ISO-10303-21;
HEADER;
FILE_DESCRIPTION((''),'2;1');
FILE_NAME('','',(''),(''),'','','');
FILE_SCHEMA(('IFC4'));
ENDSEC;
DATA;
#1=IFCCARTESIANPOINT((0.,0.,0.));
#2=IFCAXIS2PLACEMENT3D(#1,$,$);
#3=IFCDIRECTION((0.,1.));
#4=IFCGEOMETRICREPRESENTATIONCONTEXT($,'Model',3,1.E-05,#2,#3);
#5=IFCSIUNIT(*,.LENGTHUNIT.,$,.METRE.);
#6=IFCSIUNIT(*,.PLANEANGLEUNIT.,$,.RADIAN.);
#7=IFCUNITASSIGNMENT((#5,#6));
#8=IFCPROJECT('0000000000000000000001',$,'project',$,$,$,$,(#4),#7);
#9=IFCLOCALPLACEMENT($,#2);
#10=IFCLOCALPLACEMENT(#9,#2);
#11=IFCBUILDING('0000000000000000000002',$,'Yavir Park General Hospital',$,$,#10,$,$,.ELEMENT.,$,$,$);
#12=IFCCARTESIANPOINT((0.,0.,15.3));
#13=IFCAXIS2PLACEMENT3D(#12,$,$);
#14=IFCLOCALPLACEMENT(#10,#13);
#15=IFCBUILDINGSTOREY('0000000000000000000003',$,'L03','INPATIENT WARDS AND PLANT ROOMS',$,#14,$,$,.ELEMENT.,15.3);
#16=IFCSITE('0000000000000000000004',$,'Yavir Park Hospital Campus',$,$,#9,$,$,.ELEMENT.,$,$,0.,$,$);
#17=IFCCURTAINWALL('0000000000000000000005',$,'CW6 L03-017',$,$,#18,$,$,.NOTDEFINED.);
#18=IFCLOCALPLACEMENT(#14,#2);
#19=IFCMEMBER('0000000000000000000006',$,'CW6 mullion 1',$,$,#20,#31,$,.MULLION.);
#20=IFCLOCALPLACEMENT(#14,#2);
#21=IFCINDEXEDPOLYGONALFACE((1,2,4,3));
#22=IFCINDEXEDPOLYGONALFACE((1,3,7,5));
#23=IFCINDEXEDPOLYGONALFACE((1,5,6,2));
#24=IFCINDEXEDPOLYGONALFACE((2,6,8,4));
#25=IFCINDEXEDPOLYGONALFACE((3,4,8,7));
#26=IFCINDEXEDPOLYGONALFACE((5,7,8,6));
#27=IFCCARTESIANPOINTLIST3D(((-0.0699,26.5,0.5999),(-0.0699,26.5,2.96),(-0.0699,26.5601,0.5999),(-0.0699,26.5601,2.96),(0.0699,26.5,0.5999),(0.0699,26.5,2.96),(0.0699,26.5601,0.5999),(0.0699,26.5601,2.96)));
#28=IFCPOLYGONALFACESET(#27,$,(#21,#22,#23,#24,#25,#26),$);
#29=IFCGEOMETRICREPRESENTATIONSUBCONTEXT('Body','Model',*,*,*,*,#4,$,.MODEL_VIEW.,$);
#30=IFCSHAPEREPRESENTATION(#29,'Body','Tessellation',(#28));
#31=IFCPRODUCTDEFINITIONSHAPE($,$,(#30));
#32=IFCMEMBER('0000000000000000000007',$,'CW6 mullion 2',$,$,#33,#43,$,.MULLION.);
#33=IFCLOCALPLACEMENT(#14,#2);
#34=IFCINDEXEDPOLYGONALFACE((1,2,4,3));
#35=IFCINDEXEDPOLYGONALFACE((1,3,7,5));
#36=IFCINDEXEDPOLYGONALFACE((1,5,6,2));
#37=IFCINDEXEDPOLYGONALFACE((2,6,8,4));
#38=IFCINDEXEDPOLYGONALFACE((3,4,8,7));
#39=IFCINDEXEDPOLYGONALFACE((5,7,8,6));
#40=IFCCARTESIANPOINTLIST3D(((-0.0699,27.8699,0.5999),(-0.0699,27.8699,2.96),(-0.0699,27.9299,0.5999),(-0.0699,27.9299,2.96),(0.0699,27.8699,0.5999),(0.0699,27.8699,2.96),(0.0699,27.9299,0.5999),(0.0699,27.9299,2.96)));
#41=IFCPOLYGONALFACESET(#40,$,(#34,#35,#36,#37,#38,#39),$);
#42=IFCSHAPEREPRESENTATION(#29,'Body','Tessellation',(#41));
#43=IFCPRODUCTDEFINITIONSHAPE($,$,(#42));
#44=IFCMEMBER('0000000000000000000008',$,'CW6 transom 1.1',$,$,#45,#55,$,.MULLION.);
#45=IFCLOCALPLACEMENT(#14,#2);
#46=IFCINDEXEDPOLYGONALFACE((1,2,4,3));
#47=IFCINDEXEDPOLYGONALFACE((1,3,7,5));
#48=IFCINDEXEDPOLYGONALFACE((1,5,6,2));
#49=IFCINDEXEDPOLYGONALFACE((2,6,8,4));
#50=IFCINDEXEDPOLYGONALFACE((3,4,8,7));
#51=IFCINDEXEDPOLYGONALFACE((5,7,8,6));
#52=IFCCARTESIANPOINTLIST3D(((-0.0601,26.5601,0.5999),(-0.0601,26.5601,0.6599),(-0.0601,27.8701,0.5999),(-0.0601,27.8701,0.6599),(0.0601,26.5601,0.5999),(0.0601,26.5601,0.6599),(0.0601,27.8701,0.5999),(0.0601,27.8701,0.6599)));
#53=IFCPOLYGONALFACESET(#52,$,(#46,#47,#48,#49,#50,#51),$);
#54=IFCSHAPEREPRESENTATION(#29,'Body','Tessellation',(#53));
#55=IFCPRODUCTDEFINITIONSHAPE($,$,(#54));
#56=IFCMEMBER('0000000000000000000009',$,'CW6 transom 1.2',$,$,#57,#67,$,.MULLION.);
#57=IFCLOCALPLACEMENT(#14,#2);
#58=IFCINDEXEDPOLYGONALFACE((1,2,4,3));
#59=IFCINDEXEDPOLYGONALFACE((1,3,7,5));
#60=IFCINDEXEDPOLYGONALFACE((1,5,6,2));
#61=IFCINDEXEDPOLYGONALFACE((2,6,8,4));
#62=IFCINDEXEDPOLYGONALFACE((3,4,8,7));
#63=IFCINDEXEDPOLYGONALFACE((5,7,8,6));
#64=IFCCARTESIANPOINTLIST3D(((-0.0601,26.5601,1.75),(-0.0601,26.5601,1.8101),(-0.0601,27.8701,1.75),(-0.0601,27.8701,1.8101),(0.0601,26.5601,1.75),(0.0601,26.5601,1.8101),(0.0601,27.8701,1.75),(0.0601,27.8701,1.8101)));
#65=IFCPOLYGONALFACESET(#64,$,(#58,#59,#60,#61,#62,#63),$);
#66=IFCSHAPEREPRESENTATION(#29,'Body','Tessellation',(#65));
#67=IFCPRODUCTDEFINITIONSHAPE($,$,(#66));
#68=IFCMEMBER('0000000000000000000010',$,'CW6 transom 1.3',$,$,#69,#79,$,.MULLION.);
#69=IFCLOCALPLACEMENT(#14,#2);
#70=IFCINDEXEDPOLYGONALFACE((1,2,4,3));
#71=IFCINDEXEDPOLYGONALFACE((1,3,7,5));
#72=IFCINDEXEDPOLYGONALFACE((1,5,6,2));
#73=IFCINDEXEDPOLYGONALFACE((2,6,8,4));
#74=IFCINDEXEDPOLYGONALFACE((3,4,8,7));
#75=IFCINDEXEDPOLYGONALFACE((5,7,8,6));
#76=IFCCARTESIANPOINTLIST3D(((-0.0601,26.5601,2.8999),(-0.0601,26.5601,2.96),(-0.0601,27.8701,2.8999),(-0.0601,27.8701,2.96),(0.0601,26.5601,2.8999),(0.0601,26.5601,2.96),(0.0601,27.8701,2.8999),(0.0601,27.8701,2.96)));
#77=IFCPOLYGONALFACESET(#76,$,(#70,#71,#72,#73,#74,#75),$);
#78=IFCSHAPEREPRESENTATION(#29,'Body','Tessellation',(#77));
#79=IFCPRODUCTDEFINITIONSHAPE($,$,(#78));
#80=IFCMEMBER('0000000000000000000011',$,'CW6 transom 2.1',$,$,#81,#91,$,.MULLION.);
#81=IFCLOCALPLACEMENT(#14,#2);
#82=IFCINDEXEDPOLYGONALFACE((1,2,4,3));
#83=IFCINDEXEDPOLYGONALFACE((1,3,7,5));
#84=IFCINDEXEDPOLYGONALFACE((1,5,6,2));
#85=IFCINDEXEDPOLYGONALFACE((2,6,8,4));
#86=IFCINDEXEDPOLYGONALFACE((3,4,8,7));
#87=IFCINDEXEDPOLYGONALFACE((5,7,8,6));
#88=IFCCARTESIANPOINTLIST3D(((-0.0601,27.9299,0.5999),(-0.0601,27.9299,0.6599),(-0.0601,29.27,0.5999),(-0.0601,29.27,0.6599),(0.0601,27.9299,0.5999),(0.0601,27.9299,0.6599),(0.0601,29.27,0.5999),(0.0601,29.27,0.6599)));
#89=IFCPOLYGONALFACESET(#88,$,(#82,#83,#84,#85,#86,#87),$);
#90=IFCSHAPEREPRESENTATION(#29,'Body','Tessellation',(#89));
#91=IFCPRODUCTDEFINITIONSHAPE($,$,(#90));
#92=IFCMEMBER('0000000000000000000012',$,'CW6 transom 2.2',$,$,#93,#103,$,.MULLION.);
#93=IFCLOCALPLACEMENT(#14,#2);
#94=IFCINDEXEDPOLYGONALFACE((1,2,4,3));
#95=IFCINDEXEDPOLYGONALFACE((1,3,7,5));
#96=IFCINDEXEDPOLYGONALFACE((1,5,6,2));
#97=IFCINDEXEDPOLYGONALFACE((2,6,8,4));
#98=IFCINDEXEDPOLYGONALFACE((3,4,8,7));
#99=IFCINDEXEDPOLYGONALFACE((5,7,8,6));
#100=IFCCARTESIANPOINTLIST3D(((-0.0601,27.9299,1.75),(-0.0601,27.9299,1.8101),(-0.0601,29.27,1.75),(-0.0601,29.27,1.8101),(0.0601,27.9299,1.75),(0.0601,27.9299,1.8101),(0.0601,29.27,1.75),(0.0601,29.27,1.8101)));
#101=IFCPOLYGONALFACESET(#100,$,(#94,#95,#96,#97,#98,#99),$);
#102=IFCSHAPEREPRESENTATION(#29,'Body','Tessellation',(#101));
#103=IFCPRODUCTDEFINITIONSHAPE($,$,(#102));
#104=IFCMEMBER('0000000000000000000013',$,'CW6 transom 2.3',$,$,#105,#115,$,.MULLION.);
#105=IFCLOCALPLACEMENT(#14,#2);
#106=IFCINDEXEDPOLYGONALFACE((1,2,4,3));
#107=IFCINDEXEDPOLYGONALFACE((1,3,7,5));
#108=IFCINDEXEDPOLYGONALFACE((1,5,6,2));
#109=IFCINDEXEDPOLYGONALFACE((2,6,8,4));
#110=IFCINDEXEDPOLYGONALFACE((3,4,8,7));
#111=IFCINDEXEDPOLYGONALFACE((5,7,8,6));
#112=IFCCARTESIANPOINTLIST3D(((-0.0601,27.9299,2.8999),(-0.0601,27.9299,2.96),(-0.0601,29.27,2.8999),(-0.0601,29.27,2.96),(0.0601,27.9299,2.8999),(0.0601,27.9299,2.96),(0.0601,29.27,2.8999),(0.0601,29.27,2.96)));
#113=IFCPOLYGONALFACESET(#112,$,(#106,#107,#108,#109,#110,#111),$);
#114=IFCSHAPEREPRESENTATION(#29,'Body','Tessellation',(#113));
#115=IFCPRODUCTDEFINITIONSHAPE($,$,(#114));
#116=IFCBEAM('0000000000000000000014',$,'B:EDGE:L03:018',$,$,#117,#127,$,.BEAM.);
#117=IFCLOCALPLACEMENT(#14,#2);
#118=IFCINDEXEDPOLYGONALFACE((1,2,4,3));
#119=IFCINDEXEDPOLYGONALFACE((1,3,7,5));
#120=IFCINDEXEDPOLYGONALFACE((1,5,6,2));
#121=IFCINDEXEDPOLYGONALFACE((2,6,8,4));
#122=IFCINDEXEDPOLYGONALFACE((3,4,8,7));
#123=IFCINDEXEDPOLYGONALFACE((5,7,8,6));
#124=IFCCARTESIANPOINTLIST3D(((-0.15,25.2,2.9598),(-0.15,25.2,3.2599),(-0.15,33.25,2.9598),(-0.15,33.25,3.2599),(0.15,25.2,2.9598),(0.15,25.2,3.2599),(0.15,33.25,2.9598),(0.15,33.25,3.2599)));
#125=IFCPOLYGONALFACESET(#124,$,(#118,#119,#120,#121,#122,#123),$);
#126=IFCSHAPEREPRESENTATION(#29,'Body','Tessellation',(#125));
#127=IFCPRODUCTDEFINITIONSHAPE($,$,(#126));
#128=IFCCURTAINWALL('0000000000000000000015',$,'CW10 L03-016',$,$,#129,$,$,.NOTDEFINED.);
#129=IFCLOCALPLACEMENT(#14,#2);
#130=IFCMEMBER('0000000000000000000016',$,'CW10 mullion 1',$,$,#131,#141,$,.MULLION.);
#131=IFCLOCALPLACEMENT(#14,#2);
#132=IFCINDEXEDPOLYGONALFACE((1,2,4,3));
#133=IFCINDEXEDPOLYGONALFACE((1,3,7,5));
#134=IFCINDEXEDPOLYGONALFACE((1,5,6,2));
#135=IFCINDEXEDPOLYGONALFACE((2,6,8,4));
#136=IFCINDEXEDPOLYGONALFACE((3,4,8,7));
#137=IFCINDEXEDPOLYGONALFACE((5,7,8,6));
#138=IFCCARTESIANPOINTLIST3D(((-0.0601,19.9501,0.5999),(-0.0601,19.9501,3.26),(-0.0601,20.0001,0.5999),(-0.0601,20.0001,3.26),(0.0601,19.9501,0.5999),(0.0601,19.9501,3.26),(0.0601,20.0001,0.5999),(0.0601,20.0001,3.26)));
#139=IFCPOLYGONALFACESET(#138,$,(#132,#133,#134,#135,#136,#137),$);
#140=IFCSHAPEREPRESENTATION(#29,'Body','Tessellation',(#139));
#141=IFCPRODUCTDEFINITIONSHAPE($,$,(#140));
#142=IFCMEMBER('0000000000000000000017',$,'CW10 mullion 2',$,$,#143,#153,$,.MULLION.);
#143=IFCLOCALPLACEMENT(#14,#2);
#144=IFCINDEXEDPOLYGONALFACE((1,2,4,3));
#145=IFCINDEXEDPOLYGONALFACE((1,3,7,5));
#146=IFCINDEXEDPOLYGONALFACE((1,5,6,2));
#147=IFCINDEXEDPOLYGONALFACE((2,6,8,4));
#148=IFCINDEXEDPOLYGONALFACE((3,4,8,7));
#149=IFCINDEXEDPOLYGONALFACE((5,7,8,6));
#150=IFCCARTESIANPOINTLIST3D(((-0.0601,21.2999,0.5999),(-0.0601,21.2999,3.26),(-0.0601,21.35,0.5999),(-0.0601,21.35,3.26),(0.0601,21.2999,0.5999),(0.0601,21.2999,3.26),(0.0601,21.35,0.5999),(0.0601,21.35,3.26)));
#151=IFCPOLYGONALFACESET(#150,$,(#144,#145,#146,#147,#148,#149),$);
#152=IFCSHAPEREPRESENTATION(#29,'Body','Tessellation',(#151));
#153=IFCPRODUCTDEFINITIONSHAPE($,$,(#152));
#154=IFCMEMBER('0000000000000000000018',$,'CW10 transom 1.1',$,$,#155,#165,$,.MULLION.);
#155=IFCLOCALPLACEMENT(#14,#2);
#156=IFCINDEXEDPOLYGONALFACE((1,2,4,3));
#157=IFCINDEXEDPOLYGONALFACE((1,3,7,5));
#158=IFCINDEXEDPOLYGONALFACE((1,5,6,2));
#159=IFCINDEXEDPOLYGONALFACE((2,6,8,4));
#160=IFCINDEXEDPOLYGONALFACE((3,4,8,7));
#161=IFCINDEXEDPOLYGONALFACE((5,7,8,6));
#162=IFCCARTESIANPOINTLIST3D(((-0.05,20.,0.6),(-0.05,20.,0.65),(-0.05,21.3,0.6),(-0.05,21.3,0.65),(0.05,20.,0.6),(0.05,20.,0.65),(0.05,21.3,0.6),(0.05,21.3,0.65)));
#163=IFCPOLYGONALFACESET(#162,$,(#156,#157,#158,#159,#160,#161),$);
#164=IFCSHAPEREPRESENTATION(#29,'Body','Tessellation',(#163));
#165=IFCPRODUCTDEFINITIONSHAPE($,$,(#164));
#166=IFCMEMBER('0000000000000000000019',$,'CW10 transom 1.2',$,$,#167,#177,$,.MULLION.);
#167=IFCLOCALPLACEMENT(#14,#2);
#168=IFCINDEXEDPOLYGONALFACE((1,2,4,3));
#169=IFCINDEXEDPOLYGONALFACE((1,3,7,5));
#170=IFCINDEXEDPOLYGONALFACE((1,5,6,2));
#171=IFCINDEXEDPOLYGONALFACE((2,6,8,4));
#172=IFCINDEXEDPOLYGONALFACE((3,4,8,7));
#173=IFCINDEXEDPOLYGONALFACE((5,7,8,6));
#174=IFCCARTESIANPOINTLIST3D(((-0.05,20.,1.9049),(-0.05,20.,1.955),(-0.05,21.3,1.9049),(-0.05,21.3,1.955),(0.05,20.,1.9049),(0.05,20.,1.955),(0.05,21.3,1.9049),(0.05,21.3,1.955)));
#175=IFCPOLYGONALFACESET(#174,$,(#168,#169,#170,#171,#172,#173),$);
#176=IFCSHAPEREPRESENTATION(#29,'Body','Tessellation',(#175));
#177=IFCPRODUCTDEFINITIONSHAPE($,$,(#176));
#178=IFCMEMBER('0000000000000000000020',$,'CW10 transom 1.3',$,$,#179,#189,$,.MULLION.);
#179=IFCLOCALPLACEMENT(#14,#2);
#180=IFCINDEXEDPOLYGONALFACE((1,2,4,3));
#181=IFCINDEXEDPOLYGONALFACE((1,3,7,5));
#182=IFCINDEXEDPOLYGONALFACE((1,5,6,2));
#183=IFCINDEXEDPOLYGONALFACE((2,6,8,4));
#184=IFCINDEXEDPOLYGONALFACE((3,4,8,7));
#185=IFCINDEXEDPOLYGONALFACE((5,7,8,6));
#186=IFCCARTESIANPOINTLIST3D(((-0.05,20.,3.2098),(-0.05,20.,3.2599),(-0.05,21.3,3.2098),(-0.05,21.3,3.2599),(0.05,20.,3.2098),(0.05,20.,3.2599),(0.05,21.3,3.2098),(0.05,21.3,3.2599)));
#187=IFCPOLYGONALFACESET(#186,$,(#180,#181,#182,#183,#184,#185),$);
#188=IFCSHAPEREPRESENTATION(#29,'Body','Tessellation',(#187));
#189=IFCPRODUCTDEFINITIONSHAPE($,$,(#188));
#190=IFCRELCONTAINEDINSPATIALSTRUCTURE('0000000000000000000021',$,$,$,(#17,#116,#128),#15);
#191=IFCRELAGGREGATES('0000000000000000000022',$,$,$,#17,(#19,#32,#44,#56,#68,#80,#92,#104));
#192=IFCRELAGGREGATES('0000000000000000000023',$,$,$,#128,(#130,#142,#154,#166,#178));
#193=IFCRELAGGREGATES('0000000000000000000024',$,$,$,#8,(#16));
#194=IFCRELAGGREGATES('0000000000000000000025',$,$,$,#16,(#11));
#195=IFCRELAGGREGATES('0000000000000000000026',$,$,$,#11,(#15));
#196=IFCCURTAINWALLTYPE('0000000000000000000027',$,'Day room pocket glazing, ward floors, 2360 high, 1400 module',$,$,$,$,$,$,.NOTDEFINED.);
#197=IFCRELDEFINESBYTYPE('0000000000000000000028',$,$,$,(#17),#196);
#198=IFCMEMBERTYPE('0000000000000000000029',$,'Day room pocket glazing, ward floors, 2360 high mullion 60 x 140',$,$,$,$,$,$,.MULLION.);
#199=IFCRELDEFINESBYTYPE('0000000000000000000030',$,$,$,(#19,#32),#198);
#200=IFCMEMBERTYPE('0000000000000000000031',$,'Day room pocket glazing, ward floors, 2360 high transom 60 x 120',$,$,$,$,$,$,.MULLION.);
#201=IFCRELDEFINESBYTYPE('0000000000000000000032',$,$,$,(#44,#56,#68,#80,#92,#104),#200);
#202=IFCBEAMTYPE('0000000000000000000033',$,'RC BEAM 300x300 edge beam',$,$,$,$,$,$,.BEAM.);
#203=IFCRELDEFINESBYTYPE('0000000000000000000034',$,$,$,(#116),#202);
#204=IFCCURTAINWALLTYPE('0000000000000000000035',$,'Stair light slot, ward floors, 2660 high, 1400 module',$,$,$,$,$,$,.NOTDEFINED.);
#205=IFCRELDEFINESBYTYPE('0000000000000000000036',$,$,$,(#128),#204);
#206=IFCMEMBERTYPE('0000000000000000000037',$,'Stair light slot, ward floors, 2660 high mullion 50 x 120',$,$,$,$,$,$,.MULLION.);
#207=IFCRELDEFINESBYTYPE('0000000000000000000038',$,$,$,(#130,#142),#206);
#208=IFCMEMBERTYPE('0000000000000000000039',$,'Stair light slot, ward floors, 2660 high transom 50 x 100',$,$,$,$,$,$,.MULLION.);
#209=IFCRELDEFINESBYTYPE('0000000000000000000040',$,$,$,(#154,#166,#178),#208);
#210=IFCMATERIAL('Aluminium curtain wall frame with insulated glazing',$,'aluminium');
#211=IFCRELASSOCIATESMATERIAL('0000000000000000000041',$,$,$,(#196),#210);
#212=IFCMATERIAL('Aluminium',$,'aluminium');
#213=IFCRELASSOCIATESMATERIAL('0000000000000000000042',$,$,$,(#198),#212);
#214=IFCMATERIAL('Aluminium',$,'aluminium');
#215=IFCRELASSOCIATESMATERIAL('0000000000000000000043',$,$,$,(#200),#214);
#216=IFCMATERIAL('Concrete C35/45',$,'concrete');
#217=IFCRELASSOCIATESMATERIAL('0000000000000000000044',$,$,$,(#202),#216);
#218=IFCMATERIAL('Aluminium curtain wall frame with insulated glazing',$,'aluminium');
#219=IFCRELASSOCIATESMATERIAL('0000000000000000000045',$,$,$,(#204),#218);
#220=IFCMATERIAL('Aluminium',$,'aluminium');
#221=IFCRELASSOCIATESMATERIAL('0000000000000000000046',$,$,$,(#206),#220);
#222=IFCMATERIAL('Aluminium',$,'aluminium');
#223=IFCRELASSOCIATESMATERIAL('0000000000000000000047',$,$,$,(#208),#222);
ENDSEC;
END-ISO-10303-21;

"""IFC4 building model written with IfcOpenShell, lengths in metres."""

from ifc_helpers import new_model, si_unit, direction, frame, origin, origin_2d, place, context, subcontext, project, spatial, rectangle, extrude, material, material_profile, profile_set, type_object, element, aggregate, save


model = new_model("IFC4")

# Units and contexts
model_context = context("Model", 3, precision=1e-05, world=origin(), true_north=direction((0.0, 1.0)))
body_context = subcontext(model_context, "Body", "Model", "MODEL_VIEW")
ifc_project = project(units=[si_unit("LENGTHUNIT", "METRE"), si_unit("PLANEANGLEUNIT", "RADIAN")], contexts=[model_context])

# Site, building, storey
site_placement = place(None, origin())
site = spatial("IfcSite", under=ifc_project, at=site_placement, Name="Yavir Park Hospital Campus", CompositionType="ELEMENT", RefElevation=0.0)
building_placement = place(site_placement, origin())
building = spatial("IfcBuilding", under=site, at=building_placement, Name="Yavir Park General Hospital", CompositionType="ELEMENT")
storey_placement = place(building_placement, frame((0.0, 0.0, 15.3)))
storey = spatial("IfcBuildingStorey", under=building, at=storey_placement, Name="L03", Description="INPATIENT WARDS AND PLANT ROOMS", CompositionType="ELEMENT", Elevation=15.3)

# Curtain wall, members
ifc_material_1 = material(Name="Aluminium curtain wall frame with insulated glazing", Category="aluminium")
curtain_wall_type_1 = type_object("IfcCurtainWallType", Name="Day room pocket glazing, ward floors, 2360 high, 1400 module", PredefinedType="NOTDEFINED", material=ifc_material_1)
curtain_wall_1_placement = place(storey_placement, origin())
curtain_wall_1 = element("IfcCurtainWall", 1, at=curtain_wall_1_placement, inside=storey, type_object=curtain_wall_type_1, Name="CW6 L03-017", PredefinedType="NOTDEFINED")
ifc_material_2 = material(Name="Aluminium", Category="aluminium")
ifc_material_profile_1 = material_profile(ifc_material_2, rectangle(XDim=0.1399, YDim=0.0601, at=origin_2d()), Name="AL 60x140")
ifc_profile_set_1 = profile_set([ifc_material_profile_1], Name="Aluminium")
member_type_1 = type_object("IfcMemberType", Name="Day room pocket glazing, ward floors, 2360 high mullion 60 x 140", PredefinedType="MULLION", material=ifc_profile_set_1)
member_1_placement = place(storey_placement, frame((0.0, 26.53, 0.5999), z_axis=(0.0, 0.0, 1.0), x_axis=(-1.0, 0.0, 0.0)))
member_1 = element("IfcMember", 2, at=member_1_placement, type_object=member_type_1, Name="CW6 mullion 1", PredefinedType="MULLION", context=body_context, shape_type="SweptSolid", body=[
    extrude(rectangle(XDim=0.1399, YDim=0.0601, at=origin_2d()), origin(), (0.0, 0.0, 1.0), 2.3601),
])
member_2_placement = place(storey_placement, frame((0.0, 27.8999, 0.5999), z_axis=(0.0, 0.0, 1.0), x_axis=(-1.0, 0.0, 0.0)))
member_2 = element("IfcMember", 3, at=member_2_placement, type_object=member_type_1, Name="CW6 mullion 2", PredefinedType="MULLION", context=body_context, shape_type="SweptSolid", body=[
    extrude(rectangle(XDim=0.1399, YDim=0.0601, at=origin_2d()), origin(), (0.0, 0.0, 1.0), 2.3601),
])
ifc_material_3 = material(Name="Aluminium", Category="aluminium")
ifc_material_profile_2 = material_profile(ifc_material_3, rectangle(XDim=0.1201, YDim=0.0601, at=origin_2d()), Name="AL 120x60")
ifc_profile_set_2 = profile_set([ifc_material_profile_2], Name="Aluminium")
member_type_2 = type_object("IfcMemberType", Name="Day room pocket glazing, ward floors, 2360 high transom 60 x 120", PredefinedType="MULLION", material=ifc_profile_set_2)
member_3_placement = place(storey_placement, frame((0.0, 26.5601, 0.6299), z_axis=(0.0, 1.0, 0.0), x_axis=(-1.0, 0.0, 0.0)))
member_3 = element("IfcMember", 4, at=member_3_placement, type_object=member_type_2, Name="CW6 transom 1.1", PredefinedType="MULLION", context=body_context, shape_type="SweptSolid", body=[
    extrude(rectangle(XDim=0.1201, YDim=0.0601, at=origin_2d()), origin(), (0.0, 0.0, 1.0), 1.3101),
])
member_4_placement = place(storey_placement, frame((0.0, 26.5601, 1.78), z_axis=(0.0, 1.0, 0.0), x_axis=(-1.0, 0.0, 0.0)))
member_4 = element("IfcMember", 5, at=member_4_placement, type_object=member_type_2, Name="CW6 transom 1.2", PredefinedType="MULLION", context=body_context, shape_type="SweptSolid", body=[
    extrude(rectangle(XDim=0.1201, YDim=0.0601, at=origin_2d()), origin(), (0.0, 0.0, 1.0), 1.3101),
])
member_5_placement = place(storey_placement, frame((0.0, 26.5601, 2.9299), z_axis=(0.0, 1.0, 0.0), x_axis=(-1.0, 0.0, 0.0)))
member_5 = element("IfcMember", 6, at=member_5_placement, type_object=member_type_2, Name="CW6 transom 1.3", PredefinedType="MULLION", context=body_context, shape_type="SweptSolid", body=[
    extrude(rectangle(XDim=0.1201, YDim=0.0601, at=origin_2d()), origin(), (0.0, 0.0, 1.0), 1.3101),
])
member_6_placement = place(storey_placement, frame((0.0, 27.9299, 0.6299), z_axis=(0.0, 1.0, 0.0), x_axis=(-1.0, 0.0, 0.0)))
member_6 = element("IfcMember", 7, at=member_6_placement, type_object=member_type_2, Name="CW6 transom 2.1", PredefinedType="MULLION", context=body_context, shape_type="SweptSolid", body=[
    extrude(rectangle(XDim=0.1201, YDim=0.0601, at=origin_2d()), origin(), (0.0, 0.0, 1.0), 1.3401),
])
member_7_placement = place(storey_placement, frame((0.0, 27.9299, 1.78), z_axis=(0.0, 1.0, 0.0), x_axis=(-1.0, 0.0, 0.0)))
member_7 = element("IfcMember", 8, at=member_7_placement, type_object=member_type_2, Name="CW6 transom 2.2", PredefinedType="MULLION", context=body_context, shape_type="SweptSolid", body=[
    extrude(rectangle(XDim=0.1201, YDim=0.0601, at=origin_2d()), origin(), (0.0, 0.0, 1.0), 1.3401),
])
member_8_placement = place(storey_placement, frame((0.0, 27.9299, 2.9299), z_axis=(0.0, 1.0, 0.0), x_axis=(-1.0, 0.0, 0.0)))
member_8 = element("IfcMember", 9, at=member_8_placement, type_object=member_type_2, Name="CW6 transom 2.3", PredefinedType="MULLION", context=body_context, shape_type="SweptSolid", body=[
    extrude(rectangle(XDim=0.1201, YDim=0.0601, at=origin_2d()), origin(), (0.0, 0.0, 1.0), 1.3401),
])

# Beam
ifc_material_4 = material(Name="Concrete C35/45", Category="concrete")
ifc_material_profile_3 = material_profile(ifc_material_4, rectangle(XDim=0.3, YDim=0.3, at=origin_2d()), Name="RC300x300")
ifc_profile_set_3 = profile_set([ifc_material_profile_3], Name="Concrete C35/45")
beam_type = type_object("IfcBeamType", Name="RC BEAM 300x300 edge beam", PredefinedType="BEAM", material=ifc_profile_set_3)
beam_placement = place(storey_placement, frame((0.0, 25.2, 3.1099), z_axis=(0.0, 1.0, 0.0), x_axis=(-1.0, 0.0, 0.0)))
element("IfcBeam", 10, at=beam_placement, inside=storey, type_object=beam_type, Name="B:EDGE:L03:018", PredefinedType="BEAM", context=body_context, shape_type="SweptSolid", body=[
    extrude(rectangle(XDim=0.3, YDim=0.3, at=origin_2d()), origin(), (0.0, 0.0, 1.0), 8.05),
])

# Curtain wall, members
ifc_material_5 = material(Name="Aluminium curtain wall frame with insulated glazing", Category="aluminium")
curtain_wall_type_2 = type_object("IfcCurtainWallType", Name="Stair light slot, ward floors, 2660 high, 1400 module", PredefinedType="NOTDEFINED", material=ifc_material_5)
curtain_wall_2_placement = place(storey_placement, origin())
curtain_wall_2 = element("IfcCurtainWall", 11, at=curtain_wall_2_placement, inside=storey, type_object=curtain_wall_type_2, Name="CW10 L03-016", PredefinedType="NOTDEFINED")
ifc_material_6 = material(Name="Aluminium", Category="aluminium")
ifc_material_profile_4 = material_profile(ifc_material_6, rectangle(XDim=0.1201, YDim=0.05, at=origin_2d()), Name="AL 50x120")
ifc_profile_set_4 = profile_set([ifc_material_profile_4], Name="Aluminium")
member_type_3 = type_object("IfcMemberType", Name="Stair light slot, ward floors, 2660 high mullion 50 x 120", PredefinedType="MULLION", material=ifc_profile_set_4)
member_9_placement = place(storey_placement, frame((0.0, 19.9751, 0.5999), z_axis=(0.0, 0.0, 1.0), x_axis=(-1.0, 0.0, 0.0)))
member_9 = element("IfcMember", 12, at=member_9_placement, type_object=member_type_3, Name="CW10 mullion 1", PredefinedType="MULLION", context=body_context, shape_type="SweptSolid", body=[
    extrude(rectangle(XDim=0.1201, YDim=0.05, at=origin_2d()), origin(), (0.0, 0.0, 1.0), 2.6602),
])
member_10_placement = place(storey_placement, frame((0.0, 21.325, 0.5999), z_axis=(0.0, 0.0, 1.0), x_axis=(-1.0, 0.0, 0.0)))
member_10 = element("IfcMember", 13, at=member_10_placement, type_object=member_type_3, Name="CW10 mullion 2", PredefinedType="MULLION", context=body_context, shape_type="SweptSolid", body=[
    extrude(rectangle(XDim=0.1201, YDim=0.05, at=origin_2d()), origin(), (0.0, 0.0, 1.0), 2.6602),
])
ifc_material_7 = material(Name="Aluminium", Category="aluminium")
ifc_material_profile_5 = material_profile(ifc_material_7, rectangle(XDim=0.1001, YDim=0.05, at=origin_2d()), Name="AL 100x50")
ifc_profile_set_5 = profile_set([ifc_material_profile_5], Name="Aluminium")
member_type_4 = type_object("IfcMemberType", Name="Stair light slot, ward floors, 2660 high transom 50 x 100", PredefinedType="MULLION", material=ifc_profile_set_5)
member_11_placement = place(storey_placement, frame((0.0, 20.0, 0.625), z_axis=(0.0, 1.0, 0.0), x_axis=(-1.0, 0.0, 0.0)))
member_11 = element("IfcMember", 14, at=member_11_placement, type_object=member_type_4, Name="CW10 transom 1.1", PredefinedType="MULLION", context=body_context, shape_type="SweptSolid", body=[
    extrude(rectangle(XDim=0.1001, YDim=0.05, at=origin_2d()), origin(), (0.0, 0.0, 1.0), 1.3),
])
member_12_placement = place(storey_placement, frame((0.0, 20.0, 1.9299), z_axis=(0.0, 1.0, 0.0), x_axis=(-1.0, 0.0, 0.0)))
member_12 = element("IfcMember", 15, at=member_12_placement, type_object=member_type_4, Name="CW10 transom 1.2", PredefinedType="MULLION", context=body_context, shape_type="SweptSolid", body=[
    extrude(rectangle(XDim=0.1001, YDim=0.05, at=origin_2d()), origin(), (0.0, 0.0, 1.0), 1.3),
])
member_13_placement = place(storey_placement, frame((0.0, 20.0, 3.2349), z_axis=(0.0, 1.0, 0.0), x_axis=(-1.0, 0.0, 0.0)))
member_13 = element("IfcMember", 16, at=member_13_placement, type_object=member_type_4, Name="CW10 transom 1.3", PredefinedType="MULLION", context=body_context, shape_type="SweptSolid", body=[
    extrude(rectangle(XDim=0.1001, YDim=0.05, at=origin_2d()), origin(), (0.0, 0.0, 1.0), 1.3),
])

aggregate(curtain_wall_1, [member_1, member_2, member_3, member_4, member_5, member_6, member_7, member_8])
aggregate(curtain_wall_2, [member_9, member_10, member_11, member_12, member_13])

save(model, "model.ifc")
